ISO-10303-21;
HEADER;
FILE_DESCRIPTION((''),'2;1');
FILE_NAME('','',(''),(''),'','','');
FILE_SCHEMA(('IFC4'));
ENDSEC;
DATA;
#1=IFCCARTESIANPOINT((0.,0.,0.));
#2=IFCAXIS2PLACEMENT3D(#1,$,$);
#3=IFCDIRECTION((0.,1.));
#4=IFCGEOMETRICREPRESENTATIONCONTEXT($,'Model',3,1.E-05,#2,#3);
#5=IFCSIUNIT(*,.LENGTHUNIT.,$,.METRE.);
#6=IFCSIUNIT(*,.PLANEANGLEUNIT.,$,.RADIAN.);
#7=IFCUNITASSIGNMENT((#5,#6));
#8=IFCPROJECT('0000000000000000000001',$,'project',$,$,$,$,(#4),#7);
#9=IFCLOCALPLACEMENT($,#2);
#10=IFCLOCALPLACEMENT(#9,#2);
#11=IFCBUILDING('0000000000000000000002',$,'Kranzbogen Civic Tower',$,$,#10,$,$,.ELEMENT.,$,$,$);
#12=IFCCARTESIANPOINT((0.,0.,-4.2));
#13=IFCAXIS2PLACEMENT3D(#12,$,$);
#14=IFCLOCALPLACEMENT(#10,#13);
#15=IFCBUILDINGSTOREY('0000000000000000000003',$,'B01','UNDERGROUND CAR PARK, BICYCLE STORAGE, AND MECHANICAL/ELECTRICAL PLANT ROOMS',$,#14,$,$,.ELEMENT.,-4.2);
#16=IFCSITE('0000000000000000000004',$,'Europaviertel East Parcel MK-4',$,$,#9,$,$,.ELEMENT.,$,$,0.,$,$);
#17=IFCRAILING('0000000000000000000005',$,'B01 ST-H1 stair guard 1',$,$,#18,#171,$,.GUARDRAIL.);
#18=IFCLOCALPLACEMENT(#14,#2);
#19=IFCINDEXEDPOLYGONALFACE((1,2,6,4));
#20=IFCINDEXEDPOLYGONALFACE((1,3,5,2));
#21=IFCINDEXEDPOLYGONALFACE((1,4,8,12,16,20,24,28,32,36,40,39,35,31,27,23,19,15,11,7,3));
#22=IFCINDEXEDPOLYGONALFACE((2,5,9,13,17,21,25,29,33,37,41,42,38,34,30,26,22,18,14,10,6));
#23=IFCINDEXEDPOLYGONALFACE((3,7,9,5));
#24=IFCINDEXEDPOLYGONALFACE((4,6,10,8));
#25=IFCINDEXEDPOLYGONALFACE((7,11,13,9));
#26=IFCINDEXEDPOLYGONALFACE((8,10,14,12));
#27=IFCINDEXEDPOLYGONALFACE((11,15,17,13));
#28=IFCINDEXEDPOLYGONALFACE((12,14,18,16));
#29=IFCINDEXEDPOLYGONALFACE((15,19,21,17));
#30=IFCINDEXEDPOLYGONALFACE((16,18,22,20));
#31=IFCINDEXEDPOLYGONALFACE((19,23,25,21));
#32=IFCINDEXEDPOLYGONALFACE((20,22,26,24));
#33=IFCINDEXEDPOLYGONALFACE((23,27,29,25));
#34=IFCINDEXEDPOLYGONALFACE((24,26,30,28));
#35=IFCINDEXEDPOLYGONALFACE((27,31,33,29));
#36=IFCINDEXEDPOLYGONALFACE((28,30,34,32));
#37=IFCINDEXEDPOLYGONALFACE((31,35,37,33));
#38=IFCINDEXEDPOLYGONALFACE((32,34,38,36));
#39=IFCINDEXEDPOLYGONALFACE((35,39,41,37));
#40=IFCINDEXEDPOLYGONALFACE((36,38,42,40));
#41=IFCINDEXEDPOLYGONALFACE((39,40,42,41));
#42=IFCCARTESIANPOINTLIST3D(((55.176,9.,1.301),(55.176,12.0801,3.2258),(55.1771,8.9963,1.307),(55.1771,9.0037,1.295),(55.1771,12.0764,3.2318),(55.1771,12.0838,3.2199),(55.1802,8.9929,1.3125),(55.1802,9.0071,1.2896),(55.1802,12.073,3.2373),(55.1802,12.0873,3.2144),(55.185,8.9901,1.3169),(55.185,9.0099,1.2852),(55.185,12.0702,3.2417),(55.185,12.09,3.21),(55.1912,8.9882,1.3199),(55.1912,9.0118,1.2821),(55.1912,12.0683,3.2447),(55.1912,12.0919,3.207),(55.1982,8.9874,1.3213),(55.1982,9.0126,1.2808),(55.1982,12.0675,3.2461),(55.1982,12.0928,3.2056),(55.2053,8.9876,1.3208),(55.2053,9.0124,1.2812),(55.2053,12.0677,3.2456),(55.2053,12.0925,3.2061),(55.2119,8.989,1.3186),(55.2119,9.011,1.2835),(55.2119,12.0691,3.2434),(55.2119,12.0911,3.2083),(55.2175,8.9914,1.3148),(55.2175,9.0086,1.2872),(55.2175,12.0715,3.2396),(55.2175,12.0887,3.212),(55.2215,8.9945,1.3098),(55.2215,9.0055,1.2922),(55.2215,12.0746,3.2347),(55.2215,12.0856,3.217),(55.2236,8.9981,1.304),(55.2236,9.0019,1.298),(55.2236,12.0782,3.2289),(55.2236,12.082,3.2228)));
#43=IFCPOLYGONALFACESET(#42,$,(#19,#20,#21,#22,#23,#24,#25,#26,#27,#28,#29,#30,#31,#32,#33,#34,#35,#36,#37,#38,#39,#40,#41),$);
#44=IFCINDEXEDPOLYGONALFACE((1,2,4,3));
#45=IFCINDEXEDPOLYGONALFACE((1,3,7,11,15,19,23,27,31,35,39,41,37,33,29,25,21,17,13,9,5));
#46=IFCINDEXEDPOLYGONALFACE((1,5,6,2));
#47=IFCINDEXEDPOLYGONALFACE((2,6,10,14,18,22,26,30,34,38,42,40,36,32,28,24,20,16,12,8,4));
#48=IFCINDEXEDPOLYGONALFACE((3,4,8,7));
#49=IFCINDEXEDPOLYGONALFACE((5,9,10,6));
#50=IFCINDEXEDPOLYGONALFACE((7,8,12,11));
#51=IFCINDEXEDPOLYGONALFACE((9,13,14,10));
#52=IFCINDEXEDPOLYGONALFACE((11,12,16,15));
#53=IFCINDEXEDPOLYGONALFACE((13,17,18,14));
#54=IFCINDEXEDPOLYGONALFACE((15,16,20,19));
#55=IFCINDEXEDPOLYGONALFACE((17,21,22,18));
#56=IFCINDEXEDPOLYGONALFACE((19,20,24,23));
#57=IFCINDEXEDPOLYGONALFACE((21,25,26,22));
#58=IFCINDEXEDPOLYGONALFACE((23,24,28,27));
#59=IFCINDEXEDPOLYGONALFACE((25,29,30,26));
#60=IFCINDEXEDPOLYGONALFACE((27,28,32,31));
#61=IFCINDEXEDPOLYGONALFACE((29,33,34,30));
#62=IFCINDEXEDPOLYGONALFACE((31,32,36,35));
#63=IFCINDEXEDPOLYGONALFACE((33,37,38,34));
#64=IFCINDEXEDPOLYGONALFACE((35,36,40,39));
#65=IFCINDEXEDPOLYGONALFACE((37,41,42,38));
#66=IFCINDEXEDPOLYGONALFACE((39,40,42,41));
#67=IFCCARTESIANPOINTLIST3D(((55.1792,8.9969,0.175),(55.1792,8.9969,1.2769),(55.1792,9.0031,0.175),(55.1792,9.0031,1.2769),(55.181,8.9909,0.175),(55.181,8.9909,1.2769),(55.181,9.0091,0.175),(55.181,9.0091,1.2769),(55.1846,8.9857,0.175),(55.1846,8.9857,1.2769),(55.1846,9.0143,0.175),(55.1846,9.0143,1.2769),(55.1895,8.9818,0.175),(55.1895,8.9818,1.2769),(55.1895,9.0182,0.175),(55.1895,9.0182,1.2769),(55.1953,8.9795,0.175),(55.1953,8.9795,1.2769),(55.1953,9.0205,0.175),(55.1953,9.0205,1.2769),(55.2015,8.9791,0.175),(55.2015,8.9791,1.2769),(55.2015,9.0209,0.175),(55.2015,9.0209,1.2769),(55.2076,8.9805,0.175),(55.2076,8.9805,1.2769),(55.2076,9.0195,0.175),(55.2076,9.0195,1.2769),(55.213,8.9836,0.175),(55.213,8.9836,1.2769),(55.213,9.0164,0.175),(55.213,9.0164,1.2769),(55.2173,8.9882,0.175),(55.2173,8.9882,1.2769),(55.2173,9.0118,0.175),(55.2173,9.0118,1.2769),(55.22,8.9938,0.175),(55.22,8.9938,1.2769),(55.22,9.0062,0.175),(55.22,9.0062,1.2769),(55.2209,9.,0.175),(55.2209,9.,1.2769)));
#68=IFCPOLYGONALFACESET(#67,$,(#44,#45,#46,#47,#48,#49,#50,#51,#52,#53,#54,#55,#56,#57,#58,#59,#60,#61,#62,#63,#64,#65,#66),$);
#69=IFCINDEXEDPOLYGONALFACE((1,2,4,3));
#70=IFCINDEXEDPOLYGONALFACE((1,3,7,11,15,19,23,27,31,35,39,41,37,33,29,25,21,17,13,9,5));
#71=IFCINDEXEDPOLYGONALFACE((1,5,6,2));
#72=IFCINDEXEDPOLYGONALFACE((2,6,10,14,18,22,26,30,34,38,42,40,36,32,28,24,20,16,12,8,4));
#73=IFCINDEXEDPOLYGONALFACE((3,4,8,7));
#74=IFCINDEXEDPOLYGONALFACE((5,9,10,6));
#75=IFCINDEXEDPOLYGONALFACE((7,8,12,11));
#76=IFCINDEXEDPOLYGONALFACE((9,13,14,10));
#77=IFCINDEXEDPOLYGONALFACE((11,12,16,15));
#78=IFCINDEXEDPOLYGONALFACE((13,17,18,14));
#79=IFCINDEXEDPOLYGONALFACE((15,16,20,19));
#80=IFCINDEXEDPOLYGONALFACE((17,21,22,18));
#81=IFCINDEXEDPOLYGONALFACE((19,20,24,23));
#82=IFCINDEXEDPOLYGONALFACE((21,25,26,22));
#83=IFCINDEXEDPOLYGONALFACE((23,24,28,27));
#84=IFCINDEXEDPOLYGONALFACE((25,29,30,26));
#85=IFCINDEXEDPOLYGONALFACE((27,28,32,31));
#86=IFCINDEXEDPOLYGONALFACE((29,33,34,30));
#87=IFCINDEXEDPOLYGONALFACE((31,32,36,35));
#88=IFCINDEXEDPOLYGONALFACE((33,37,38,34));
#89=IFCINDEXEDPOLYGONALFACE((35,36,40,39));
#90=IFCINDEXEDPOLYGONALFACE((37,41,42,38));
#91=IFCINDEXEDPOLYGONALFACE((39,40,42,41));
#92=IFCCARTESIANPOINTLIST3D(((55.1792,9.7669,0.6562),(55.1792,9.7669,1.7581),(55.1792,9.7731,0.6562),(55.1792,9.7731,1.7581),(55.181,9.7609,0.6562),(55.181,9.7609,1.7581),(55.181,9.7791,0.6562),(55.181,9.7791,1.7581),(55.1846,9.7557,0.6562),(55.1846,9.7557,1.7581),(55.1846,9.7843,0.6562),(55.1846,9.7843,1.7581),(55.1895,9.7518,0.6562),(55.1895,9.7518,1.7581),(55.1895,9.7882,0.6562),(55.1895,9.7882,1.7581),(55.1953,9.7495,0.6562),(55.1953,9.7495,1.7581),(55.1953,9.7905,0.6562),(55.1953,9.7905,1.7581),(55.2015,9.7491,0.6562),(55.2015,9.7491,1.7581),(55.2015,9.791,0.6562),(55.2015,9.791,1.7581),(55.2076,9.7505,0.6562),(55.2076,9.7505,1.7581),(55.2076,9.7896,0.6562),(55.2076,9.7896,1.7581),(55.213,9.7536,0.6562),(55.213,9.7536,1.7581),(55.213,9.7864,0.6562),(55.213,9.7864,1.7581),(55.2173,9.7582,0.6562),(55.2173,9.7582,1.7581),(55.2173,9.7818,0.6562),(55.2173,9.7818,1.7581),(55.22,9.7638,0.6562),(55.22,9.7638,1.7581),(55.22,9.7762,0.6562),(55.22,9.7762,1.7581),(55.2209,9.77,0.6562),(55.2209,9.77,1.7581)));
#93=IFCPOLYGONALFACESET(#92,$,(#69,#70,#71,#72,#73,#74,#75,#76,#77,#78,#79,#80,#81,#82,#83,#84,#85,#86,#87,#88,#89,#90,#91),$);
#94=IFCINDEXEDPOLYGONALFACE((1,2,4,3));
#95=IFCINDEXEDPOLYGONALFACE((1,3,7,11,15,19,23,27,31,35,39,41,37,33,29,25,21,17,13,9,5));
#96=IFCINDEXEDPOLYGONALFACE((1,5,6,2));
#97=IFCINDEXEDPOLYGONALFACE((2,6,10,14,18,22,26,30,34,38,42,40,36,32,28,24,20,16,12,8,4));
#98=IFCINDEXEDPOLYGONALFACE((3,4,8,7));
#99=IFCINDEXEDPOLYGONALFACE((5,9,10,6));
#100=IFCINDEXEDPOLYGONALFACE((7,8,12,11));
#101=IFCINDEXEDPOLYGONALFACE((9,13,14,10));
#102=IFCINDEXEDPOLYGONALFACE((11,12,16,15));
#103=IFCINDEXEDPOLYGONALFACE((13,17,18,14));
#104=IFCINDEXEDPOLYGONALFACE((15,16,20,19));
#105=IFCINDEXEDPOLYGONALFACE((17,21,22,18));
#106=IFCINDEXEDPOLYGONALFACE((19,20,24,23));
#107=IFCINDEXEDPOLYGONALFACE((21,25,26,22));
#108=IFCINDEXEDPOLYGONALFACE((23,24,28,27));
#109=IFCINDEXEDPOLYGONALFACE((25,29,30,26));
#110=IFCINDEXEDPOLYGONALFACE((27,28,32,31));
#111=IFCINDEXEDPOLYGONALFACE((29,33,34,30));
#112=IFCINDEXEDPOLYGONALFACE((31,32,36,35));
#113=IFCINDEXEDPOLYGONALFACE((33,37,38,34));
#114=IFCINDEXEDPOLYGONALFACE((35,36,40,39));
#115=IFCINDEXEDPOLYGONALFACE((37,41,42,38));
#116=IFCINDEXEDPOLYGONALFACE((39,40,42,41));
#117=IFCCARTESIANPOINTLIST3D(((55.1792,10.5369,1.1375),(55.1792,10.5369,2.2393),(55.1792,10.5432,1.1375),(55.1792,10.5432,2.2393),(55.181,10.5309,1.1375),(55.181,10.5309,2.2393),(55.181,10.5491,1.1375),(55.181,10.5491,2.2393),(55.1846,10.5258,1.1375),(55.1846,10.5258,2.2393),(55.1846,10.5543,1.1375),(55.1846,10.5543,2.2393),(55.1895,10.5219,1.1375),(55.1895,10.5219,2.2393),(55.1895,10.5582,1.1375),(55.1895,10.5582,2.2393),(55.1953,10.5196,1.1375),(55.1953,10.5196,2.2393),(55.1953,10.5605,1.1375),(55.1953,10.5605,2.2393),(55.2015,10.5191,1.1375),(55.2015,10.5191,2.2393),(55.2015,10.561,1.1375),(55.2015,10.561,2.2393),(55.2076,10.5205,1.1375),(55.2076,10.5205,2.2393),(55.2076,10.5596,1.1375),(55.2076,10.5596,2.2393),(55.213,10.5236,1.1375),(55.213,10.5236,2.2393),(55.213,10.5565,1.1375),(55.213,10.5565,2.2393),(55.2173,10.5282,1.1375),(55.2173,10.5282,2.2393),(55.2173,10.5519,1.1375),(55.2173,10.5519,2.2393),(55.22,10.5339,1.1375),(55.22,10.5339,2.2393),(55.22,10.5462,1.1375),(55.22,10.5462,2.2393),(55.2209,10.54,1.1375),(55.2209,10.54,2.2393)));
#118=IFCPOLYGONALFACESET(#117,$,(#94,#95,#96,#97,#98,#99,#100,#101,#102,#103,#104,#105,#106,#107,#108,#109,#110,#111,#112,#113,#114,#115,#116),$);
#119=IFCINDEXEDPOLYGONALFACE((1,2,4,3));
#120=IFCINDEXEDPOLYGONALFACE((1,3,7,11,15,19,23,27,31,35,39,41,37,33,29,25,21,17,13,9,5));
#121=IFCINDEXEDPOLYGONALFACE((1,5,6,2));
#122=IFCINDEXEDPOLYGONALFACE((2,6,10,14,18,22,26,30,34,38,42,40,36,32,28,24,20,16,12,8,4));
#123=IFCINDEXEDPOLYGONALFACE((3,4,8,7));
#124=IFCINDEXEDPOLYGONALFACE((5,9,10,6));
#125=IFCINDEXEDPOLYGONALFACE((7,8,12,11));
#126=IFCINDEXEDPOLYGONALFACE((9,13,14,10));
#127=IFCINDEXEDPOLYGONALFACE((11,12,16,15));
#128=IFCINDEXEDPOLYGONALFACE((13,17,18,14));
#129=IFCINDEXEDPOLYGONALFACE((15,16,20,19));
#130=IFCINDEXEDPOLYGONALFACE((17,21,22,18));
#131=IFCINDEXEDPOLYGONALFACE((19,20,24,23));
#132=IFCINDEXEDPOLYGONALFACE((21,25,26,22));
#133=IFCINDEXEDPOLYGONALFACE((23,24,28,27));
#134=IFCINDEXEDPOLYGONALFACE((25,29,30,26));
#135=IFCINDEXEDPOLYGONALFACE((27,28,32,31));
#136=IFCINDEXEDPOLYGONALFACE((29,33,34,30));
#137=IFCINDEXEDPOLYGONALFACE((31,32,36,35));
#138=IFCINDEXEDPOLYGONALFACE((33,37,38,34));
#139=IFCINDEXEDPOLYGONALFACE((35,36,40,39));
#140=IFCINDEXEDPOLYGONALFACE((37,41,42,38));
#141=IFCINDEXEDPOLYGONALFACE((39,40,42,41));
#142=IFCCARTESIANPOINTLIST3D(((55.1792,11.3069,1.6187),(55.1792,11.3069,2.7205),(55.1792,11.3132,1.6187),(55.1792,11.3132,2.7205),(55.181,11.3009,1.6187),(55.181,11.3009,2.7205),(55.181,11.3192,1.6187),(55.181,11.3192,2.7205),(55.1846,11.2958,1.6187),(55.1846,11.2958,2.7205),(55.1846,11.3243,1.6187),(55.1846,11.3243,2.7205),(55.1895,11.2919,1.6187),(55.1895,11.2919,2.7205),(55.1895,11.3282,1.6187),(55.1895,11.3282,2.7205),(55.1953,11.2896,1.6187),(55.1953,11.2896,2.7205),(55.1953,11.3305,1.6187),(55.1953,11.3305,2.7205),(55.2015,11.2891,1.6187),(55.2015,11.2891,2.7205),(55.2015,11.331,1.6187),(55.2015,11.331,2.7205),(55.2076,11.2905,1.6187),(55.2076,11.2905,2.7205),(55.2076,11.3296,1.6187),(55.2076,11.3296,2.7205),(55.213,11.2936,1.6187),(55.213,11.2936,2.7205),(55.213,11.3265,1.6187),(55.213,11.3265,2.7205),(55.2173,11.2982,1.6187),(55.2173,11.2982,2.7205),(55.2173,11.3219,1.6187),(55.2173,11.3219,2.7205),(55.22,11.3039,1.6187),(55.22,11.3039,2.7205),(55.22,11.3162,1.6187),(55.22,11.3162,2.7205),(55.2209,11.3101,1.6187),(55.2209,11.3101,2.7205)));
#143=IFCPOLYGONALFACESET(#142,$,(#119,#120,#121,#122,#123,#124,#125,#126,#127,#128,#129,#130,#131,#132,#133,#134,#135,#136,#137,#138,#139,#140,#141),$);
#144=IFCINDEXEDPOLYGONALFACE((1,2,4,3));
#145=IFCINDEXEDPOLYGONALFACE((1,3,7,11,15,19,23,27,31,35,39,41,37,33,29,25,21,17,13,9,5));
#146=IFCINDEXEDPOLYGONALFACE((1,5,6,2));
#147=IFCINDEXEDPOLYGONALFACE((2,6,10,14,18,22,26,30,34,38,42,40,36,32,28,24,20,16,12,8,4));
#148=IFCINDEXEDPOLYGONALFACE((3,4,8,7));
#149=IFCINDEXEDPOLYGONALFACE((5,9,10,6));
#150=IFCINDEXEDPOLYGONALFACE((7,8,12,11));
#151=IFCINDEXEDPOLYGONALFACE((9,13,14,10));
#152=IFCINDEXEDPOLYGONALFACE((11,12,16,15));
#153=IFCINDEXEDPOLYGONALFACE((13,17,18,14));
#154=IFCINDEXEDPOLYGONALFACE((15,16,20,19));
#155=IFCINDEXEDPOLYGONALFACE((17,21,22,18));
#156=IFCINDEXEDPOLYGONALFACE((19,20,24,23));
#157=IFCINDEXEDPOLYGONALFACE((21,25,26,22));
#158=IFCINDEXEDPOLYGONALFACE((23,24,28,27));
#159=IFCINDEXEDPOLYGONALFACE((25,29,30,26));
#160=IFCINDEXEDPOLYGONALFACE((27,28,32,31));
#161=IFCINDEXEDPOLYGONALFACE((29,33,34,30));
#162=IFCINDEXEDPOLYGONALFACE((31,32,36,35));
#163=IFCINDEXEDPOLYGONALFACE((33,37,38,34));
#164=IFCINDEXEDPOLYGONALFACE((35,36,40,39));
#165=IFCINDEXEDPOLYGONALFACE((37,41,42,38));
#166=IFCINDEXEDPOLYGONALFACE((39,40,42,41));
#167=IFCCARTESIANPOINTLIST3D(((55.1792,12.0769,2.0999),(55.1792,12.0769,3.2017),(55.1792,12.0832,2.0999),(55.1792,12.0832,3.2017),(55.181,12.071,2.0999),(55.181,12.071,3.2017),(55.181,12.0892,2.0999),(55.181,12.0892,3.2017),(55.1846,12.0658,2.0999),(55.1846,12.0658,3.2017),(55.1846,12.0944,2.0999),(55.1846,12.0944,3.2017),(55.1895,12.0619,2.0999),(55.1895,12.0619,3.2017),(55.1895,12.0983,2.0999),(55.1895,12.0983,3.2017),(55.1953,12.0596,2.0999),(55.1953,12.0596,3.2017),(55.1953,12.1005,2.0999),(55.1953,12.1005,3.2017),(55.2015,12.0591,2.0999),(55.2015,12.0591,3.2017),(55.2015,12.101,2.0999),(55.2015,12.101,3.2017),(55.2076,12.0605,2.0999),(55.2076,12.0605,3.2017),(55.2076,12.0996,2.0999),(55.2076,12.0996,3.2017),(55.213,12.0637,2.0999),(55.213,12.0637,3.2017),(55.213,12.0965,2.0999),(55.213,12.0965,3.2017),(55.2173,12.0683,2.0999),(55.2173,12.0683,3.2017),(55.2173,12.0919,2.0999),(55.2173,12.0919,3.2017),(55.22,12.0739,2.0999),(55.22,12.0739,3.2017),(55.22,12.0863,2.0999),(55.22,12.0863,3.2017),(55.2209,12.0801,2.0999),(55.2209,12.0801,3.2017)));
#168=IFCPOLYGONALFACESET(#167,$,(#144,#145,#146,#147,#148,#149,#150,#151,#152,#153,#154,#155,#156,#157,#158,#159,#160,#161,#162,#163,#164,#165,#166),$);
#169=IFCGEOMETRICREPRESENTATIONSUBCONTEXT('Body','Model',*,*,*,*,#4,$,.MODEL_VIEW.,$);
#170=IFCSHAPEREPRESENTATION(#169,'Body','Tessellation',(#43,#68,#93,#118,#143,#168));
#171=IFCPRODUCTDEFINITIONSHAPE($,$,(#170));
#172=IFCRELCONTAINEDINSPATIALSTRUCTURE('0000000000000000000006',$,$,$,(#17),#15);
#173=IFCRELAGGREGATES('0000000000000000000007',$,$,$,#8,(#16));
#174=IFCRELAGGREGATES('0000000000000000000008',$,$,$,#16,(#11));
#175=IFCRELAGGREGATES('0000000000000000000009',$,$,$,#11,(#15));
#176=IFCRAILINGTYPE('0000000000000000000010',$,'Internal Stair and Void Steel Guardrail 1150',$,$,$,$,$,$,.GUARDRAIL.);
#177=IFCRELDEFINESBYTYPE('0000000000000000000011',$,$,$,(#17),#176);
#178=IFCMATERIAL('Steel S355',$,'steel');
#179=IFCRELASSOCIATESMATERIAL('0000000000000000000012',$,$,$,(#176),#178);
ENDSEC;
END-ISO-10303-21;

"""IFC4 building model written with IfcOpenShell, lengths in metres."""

from ifc_helpers import new_model, si_unit, direction, frame, origin, origin_2d, place, context, subcontext, project, spatial, circle, extrude, material, type_object, element, save


model = new_model("IFC4")

# Units and contexts
model_context = context("Model", 3, precision=1e-05, world=origin(), true_north=direction((0.0, 1.0)))
body_context = subcontext(model_context, "Body", "Model", "MODEL_VIEW")
ifc_project = project(units=[si_unit("LENGTHUNIT", "METRE"), si_unit("PLANEANGLEUNIT", "RADIAN")], contexts=[model_context])

# Site, building, storey
site_placement = place(None, origin())
site = spatial("IfcSite", under=ifc_project, at=site_placement, Name="Europaviertel East Parcel MK-4", CompositionType="ELEMENT", RefElevation=0.0)
building_placement = place(site_placement, origin())
building = spatial("IfcBuilding", under=site, at=building_placement, Name="Kranzbogen Civic Tower", CompositionType="ELEMENT")
storey_placement = place(building_placement, frame((0.0, 0.0, -4.2)))
storey = spatial("IfcBuildingStorey", under=building, at=storey_placement, Name="B01", Description="UNDERGROUND CAR PARK, BICYCLE STORAGE, AND MECHANICAL/ELECTRICAL PLANT ROOMS", CompositionType="ELEMENT", Elevation=-4.2)

# Shared definitions
ifc_material_1 = material(Name="Steel S355", Category="steel")

# Railing
railing_type_1 = type_object("IfcRailingType", Name="Internal Stair and Void Steel Guardrail 1150", PredefinedType="GUARDRAIL", material=ifc_material_1)
railing_1_placement = place(storey_placement, frame((55.2, 9.0, 0.175)))
element("IfcRailing", 1, at=railing_1_placement, inside=storey, type_object=railing_type_1, Name="B01 ST-H1 stair guard 1", PredefinedType="GUARDRAIL", context=body_context, shape_type="SweptSolid", body=[
    extrude(circle(Radius=0.0239, at=origin_2d()), frame((0.0, 0.0, 1.126), z_axis=(0.0, 0.848029, 0.529951), x_axis=(-1.0, 0.0, 0.0)), (0.0, 0.0, 1.0), 3.6321),
    extrude(circle(Radius=0.021, at=origin_2d()), origin(), (0.0, 0.0, 1.0), 1.1018),
    extrude(circle(Radius=0.021, at=origin_2d()), frame((0.0, 0.77, 0.4812)), (0.0, 0.0, 1.0), 1.1018),
    extrude(circle(Radius=0.021, at=origin_2d()), frame((0.0, 1.54, 0.9624)), (0.0, 0.0, 1.0), 1.1018),
    extrude(circle(Radius=0.021, at=origin_2d()), frame((0.0, 2.3101, 1.4436)), (0.0, 0.0, 1.0), 1.1018),
    extrude(circle(Radius=0.021, at=origin_2d()), frame((0.0, 3.0801, 1.9248)), (0.0, 0.0, 1.0), 1.1018),
])

save(model, "model.ifc")
